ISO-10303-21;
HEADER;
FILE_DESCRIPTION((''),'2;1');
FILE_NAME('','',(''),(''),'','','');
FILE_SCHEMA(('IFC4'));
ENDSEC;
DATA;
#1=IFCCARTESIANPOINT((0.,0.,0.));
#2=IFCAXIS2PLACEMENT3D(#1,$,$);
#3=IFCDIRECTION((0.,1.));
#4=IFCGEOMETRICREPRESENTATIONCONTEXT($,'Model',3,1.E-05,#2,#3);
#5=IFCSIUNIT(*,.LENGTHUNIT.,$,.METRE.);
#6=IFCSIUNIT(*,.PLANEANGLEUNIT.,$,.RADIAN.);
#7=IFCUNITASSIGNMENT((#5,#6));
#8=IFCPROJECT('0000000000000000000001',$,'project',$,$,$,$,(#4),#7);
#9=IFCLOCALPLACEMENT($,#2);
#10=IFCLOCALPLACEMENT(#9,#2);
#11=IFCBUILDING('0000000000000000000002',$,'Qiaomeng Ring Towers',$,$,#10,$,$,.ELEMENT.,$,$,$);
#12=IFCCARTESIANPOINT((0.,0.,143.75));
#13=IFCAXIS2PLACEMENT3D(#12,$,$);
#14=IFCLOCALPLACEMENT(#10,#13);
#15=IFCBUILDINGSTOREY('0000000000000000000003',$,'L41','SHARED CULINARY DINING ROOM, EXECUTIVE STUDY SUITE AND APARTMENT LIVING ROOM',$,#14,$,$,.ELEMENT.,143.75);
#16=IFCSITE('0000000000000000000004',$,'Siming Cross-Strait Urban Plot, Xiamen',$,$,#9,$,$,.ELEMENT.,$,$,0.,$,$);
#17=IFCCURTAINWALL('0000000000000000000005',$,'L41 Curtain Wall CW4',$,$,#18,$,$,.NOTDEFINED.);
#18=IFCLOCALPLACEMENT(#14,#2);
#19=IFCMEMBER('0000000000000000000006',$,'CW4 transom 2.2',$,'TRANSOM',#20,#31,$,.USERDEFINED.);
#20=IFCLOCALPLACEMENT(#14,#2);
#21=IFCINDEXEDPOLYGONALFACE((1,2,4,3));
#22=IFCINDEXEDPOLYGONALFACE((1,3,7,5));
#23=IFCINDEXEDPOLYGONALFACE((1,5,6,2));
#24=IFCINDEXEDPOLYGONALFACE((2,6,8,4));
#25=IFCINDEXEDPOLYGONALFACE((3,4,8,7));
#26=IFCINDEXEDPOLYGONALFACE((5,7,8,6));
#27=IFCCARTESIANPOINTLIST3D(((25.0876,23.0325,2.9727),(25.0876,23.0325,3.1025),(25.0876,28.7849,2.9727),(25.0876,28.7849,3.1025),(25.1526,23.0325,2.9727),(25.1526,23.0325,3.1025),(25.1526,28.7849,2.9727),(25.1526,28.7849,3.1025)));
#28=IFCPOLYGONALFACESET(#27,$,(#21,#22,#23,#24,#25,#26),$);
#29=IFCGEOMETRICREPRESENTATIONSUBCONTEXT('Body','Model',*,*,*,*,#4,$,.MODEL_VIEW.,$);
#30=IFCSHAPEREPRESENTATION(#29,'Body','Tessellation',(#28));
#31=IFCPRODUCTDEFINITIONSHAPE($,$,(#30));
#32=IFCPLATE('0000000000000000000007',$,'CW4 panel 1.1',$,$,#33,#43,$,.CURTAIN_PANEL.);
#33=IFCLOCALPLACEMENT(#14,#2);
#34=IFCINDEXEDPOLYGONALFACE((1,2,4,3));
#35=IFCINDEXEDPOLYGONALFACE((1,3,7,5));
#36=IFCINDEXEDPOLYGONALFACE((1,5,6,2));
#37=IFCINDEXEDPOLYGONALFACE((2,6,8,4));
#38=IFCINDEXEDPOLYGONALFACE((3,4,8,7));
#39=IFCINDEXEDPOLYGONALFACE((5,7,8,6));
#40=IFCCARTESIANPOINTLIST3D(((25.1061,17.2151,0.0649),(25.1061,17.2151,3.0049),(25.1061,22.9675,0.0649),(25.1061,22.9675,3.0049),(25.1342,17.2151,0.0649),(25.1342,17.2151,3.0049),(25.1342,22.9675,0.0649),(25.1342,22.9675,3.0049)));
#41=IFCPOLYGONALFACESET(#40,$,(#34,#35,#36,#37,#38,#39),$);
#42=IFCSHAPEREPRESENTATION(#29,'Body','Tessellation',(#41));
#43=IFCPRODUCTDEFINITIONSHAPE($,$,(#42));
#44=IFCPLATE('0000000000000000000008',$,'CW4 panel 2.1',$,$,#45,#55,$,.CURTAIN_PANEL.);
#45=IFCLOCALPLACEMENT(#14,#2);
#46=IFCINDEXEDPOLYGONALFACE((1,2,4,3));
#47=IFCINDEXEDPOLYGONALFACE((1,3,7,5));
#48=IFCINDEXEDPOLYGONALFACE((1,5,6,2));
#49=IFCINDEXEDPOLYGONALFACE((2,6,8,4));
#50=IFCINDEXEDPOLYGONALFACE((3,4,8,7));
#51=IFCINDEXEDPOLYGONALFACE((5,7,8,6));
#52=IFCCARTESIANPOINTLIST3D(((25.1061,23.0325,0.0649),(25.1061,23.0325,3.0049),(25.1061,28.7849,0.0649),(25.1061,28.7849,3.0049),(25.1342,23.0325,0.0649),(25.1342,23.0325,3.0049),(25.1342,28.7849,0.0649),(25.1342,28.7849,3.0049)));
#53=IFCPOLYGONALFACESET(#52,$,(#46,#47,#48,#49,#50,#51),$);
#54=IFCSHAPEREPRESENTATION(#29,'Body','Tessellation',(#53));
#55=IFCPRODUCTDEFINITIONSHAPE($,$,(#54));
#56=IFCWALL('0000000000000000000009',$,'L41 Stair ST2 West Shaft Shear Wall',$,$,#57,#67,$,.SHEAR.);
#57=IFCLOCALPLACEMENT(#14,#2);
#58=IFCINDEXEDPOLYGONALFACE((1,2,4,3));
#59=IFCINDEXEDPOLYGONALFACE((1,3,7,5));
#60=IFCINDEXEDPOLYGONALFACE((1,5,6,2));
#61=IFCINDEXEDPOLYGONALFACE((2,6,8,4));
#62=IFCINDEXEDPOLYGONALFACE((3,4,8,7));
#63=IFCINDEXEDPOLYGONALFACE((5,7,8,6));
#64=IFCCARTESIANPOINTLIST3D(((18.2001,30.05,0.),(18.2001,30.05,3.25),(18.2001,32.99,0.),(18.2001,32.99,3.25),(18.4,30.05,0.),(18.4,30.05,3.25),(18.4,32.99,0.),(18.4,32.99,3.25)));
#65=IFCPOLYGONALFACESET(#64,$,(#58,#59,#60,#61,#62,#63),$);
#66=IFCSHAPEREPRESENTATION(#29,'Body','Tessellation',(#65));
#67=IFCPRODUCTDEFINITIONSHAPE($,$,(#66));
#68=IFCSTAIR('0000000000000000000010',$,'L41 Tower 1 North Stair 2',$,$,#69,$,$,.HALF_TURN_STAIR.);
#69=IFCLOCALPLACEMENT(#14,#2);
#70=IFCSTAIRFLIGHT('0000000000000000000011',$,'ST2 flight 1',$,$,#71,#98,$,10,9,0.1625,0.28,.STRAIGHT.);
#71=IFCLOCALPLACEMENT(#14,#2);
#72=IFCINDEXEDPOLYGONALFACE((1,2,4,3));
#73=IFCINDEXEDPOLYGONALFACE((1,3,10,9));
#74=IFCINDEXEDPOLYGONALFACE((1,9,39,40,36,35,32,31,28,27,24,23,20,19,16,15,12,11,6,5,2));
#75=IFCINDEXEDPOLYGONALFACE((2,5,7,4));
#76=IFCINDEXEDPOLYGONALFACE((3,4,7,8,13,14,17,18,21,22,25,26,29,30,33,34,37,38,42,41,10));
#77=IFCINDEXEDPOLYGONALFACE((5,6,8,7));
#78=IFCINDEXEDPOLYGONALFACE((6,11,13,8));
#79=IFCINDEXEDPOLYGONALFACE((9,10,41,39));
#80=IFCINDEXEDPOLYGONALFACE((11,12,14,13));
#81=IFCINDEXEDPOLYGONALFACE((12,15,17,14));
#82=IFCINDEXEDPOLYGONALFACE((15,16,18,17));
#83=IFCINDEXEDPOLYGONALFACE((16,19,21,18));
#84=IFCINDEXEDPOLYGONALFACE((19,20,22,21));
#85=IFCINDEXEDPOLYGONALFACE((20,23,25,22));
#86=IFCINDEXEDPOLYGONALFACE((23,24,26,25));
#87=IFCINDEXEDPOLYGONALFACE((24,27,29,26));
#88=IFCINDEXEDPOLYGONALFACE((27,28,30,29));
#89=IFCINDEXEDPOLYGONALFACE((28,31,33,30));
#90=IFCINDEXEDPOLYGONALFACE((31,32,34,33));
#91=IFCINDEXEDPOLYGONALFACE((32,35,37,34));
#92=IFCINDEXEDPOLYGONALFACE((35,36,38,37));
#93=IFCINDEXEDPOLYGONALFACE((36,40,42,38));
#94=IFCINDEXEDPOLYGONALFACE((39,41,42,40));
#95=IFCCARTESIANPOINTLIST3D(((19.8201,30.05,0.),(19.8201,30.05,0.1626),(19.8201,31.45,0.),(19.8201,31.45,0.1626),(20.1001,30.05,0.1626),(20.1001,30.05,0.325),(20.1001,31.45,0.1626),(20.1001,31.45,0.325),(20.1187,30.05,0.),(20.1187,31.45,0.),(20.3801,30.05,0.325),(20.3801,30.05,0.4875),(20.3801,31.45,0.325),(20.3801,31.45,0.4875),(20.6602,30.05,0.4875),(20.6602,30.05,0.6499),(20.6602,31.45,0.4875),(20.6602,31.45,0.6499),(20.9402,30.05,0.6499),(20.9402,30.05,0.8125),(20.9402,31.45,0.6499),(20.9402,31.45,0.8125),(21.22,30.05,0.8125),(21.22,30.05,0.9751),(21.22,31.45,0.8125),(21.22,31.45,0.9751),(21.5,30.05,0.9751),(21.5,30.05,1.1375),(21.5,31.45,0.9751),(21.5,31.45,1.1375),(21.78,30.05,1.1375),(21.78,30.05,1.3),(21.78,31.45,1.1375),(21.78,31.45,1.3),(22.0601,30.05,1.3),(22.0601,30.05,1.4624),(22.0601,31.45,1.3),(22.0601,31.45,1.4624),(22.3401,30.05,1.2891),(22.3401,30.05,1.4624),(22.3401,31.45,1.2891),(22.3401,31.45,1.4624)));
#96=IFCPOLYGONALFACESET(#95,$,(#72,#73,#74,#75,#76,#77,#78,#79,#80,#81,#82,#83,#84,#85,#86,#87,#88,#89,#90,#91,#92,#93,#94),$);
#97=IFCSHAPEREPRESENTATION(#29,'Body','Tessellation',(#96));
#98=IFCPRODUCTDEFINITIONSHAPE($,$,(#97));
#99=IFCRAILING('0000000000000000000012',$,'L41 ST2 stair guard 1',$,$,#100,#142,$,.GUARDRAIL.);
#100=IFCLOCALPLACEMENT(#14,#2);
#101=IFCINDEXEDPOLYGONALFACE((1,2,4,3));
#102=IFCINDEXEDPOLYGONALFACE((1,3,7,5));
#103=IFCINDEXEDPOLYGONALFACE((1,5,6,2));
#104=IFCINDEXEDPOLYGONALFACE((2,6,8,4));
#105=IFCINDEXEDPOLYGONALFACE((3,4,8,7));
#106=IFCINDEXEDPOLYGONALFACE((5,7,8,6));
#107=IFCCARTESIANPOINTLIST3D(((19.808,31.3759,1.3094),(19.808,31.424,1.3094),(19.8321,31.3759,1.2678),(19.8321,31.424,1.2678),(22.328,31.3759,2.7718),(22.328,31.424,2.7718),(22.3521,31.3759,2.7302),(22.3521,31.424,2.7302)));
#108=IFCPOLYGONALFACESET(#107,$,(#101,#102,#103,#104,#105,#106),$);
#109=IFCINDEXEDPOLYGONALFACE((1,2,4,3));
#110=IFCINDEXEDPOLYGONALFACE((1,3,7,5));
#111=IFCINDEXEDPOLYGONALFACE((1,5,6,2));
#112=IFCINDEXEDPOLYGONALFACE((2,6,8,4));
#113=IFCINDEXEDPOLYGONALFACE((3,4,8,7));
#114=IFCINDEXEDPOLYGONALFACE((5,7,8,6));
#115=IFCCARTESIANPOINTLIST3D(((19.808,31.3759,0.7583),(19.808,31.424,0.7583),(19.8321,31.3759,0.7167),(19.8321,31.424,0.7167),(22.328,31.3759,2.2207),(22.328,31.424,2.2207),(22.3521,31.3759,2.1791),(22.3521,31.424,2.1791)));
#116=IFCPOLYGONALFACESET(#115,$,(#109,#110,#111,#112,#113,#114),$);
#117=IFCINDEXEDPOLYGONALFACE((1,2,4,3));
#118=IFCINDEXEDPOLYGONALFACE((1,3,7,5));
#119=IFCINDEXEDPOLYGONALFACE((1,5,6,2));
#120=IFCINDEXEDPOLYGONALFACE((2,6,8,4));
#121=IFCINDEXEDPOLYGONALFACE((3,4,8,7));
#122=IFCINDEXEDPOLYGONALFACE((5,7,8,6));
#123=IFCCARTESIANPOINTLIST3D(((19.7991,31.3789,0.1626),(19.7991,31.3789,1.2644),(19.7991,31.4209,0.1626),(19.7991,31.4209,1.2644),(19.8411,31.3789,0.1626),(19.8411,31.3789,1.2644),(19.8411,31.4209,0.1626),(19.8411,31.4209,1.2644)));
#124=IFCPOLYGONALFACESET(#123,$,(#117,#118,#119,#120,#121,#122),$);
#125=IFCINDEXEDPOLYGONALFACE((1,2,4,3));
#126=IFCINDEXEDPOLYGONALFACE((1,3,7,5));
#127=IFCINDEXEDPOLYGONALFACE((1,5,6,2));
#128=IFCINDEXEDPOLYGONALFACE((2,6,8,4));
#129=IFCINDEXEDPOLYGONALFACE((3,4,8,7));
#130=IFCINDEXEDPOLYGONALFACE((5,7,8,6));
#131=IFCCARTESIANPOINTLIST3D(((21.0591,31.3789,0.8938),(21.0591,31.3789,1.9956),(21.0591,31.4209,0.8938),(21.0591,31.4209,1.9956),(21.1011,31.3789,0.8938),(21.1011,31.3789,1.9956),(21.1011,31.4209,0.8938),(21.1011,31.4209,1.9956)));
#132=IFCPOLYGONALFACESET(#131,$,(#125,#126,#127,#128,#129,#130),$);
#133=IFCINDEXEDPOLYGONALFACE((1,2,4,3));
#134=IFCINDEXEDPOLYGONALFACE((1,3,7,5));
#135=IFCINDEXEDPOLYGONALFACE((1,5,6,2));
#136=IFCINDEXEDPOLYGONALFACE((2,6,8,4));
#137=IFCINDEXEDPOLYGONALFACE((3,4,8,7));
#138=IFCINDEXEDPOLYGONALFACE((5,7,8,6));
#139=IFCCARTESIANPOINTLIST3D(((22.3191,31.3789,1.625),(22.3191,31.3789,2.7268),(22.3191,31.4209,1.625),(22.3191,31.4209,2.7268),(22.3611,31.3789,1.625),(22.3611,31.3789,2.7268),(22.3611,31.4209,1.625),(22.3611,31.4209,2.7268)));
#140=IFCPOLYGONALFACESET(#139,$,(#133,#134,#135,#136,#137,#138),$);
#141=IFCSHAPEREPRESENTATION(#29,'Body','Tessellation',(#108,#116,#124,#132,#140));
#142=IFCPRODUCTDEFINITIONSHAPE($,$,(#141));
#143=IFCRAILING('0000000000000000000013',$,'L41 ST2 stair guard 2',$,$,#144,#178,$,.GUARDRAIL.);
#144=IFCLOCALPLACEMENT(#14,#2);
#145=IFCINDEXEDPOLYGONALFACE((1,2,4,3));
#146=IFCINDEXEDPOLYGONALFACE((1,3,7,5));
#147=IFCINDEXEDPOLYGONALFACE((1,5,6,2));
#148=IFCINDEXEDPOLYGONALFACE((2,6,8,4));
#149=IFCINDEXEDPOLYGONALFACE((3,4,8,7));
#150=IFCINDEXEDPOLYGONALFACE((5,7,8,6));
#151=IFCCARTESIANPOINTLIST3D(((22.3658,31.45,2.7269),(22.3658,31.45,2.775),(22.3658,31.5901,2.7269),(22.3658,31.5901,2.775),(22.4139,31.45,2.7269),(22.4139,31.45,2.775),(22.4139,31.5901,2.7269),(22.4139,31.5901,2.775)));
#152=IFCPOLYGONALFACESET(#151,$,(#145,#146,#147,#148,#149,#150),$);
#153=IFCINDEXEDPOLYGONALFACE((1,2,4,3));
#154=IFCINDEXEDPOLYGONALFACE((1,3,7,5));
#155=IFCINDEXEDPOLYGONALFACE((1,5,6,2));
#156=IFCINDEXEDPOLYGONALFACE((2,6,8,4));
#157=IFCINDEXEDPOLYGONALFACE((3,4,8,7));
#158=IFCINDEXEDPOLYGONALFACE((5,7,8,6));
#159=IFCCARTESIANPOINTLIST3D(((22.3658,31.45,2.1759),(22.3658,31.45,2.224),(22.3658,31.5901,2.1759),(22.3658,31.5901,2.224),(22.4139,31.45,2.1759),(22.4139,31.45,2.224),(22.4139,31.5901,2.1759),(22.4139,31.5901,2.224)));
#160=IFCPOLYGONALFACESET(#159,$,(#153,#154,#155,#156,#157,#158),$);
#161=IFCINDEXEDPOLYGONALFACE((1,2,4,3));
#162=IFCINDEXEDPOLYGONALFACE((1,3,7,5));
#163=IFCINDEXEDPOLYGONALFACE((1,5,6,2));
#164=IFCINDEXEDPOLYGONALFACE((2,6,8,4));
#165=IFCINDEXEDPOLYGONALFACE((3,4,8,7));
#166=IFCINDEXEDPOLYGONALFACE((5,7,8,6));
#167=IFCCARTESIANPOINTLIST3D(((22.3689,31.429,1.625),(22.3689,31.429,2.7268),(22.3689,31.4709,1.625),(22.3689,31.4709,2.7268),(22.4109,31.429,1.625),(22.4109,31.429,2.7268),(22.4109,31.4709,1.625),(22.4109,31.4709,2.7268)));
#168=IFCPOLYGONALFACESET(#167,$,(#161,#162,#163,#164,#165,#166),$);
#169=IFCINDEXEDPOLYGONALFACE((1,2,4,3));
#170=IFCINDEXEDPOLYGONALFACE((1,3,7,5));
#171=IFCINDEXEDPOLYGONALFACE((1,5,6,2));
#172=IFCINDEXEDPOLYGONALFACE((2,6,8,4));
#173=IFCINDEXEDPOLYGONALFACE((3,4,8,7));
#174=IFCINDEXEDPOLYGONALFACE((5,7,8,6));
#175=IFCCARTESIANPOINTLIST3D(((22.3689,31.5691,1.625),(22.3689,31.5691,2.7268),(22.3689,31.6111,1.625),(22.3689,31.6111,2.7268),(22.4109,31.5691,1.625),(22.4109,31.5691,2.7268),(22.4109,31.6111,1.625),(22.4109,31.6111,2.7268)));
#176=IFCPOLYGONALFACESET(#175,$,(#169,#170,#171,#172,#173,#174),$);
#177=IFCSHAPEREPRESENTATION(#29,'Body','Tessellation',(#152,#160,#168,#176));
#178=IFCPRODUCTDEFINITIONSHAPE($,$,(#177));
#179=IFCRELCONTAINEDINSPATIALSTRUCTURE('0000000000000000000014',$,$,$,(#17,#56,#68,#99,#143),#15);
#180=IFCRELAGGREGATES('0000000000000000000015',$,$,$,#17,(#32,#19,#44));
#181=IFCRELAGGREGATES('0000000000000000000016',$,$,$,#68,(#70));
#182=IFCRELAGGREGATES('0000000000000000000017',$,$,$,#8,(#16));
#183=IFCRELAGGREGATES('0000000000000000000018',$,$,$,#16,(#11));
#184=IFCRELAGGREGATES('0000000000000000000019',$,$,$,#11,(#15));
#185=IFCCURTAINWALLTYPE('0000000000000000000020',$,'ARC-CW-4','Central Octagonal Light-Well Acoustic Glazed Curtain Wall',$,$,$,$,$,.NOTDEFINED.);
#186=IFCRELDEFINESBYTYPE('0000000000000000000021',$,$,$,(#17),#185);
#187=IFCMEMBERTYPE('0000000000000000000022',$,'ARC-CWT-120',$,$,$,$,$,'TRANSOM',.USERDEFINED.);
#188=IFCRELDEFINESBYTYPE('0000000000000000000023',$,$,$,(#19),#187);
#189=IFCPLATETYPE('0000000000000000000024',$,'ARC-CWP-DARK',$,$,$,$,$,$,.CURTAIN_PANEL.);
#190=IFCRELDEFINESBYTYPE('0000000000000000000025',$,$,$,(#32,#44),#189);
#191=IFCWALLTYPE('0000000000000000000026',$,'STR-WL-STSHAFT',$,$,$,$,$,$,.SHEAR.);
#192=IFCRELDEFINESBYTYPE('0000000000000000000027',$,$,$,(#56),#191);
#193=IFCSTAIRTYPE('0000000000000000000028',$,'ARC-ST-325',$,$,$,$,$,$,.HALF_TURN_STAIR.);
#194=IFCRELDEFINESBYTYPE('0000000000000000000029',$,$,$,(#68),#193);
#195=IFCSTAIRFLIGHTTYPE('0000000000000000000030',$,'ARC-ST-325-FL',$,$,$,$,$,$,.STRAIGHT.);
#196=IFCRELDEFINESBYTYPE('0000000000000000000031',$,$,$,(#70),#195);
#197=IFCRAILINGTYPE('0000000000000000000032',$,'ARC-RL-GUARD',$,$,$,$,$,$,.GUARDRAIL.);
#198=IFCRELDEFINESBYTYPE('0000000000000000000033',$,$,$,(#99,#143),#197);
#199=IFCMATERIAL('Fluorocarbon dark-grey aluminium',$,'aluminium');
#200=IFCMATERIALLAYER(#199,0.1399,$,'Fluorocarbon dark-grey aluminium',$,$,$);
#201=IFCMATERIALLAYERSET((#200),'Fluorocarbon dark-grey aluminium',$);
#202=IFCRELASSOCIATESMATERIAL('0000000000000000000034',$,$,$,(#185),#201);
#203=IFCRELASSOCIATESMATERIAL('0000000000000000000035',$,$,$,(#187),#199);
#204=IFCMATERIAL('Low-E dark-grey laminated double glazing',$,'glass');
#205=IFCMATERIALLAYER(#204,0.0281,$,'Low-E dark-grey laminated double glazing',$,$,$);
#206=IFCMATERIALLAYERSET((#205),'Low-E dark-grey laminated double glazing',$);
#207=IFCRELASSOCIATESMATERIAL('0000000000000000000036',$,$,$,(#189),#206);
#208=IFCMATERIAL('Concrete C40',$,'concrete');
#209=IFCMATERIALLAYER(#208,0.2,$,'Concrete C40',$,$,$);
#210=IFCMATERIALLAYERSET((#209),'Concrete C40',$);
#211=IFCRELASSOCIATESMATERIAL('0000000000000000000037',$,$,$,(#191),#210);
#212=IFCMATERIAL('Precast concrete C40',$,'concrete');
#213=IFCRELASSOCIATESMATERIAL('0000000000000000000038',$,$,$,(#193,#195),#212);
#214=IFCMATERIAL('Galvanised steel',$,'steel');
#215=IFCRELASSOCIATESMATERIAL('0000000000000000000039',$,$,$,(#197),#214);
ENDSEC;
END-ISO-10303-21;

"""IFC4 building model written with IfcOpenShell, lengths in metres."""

from ifc_helpers import new_model, si_unit, direction, frame, frame_2d, origin, origin_2d, place, context, subcontext, project, spatial, polyline, rectangle, outline, extrude, source, transform, mapped, material, layer, layer_set, material_profile, profile_set, type_object, element, aggregate, save


model = new_model("IFC4")

# Units and contexts
model_context = context("Model", 3, precision=1e-05, world=origin(), true_north=direction((0.0, 1.0)))
body_context = subcontext(model_context, "Body", "Model", "MODEL_VIEW")
ifc_project = project(units=[si_unit("LENGTHUNIT", "METRE"), si_unit("PLANEANGLEUNIT", "RADIAN")], contexts=[model_context])

# Site, building, storey
site_placement = place(None, origin())
site = spatial("IfcSite", under=ifc_project, at=site_placement, Name="Siming Cross-Strait Urban Plot, Xiamen", CompositionType="ELEMENT", RefElevation=0.0)
building_placement = place(site_placement, origin())
building = spatial("IfcBuilding", under=site, at=building_placement, Name="Qiaomeng Ring Towers", CompositionType="ELEMENT")
storey_placement = place(building_placement, frame((0.0, 0.0, 143.75)))
storey = spatial("IfcBuildingStorey", under=building, at=storey_placement, Name="L41", Description="SHARED CULINARY DINING ROOM, EXECUTIVE STUDY SUITE AND APARTMENT LIVING ROOM", CompositionType="ELEMENT", Elevation=143.75)

# Curtain wall, member, plates
ifc_material_1 = material(Name="Fluorocarbon dark-grey aluminium", Category="aluminium")
ifc_layer_1 = layer(ifc_material_1, 0.1399, Name="Fluorocarbon dark-grey aluminium")
ifc_layer_set_1 = layer_set([ifc_layer_1], Name="Fluorocarbon dark-grey aluminium")
curtain_wall_type = type_object("IfcCurtainWallType", Name="ARC-CW-4", Description="Central Octagonal Light-Well Acoustic Glazed Curtain Wall", PredefinedType="NOTDEFINED", material=ifc_layer_set_1)
curtain_wall_placement = place(storey_placement, origin())
curtain_wall = element("IfcCurtainWall", 1, at=curtain_wall_placement, inside=storey, type_object=curtain_wall_type, Name="L41 Curtain Wall CW4", PredefinedType="NOTDEFINED")
ifc_material_profile_1 = material_profile(ifc_material_1, rectangle(XDim=0.0649, YDim=0.1299, at=origin_2d()), Name="ALU TRAN 65x130")
ifc_profile_set_1 = profile_set([ifc_material_profile_1], Name="Fluorocarbon dark-grey aluminium")
member_type_1 = type_object("IfcMemberType", Name="ARC-CWT-120", ElementType="TRANSOM", PredefinedType="USERDEFINED", material=ifc_profile_set_1)
shared_shape_1 = source(origin(), body_context, "Body", "SweptSolid", [
    extrude(rectangle(XDim=0.0649, YDim=0.1299, at=origin_2d()), origin(), (0.0, 0.0, 1.0), 5.7524),
])
member_1_placement = place(storey_placement, frame((25.1201, 23.0325, 3.0376), z_axis=(0.0, 1.0, 0.0), x_axis=(-1.0, 0.0, 0.0)))
member_1 = element("IfcMember", 2, at=member_1_placement, type_object=member_type_1, Name="CW4 transom 2.2", ObjectType="TRANSOM", PredefinedType="USERDEFINED", context=body_context, shape_type="MappedRepresentation", body=[
    mapped(shared_shape_1, transform((0.0, 0.0, 0.0), x_axis=(1.0, 0.0, 0.0), y_axis=(0.0, 1.0, 0.0), z_axis=(0.0, 0.0, 1.0), scale=1.0)),
])
ifc_material_2 = material(Name="Low-E dark-grey laminated double glazing", Category="glass")
ifc_layer_2 = layer(ifc_material_2, 0.0281, Name="Low-E dark-grey laminated double glazing")
ifc_layer_set_2 = layer_set([ifc_layer_2], Name="Low-E dark-grey laminated double glazing")
plate_type = type_object("IfcPlateType", Name="ARC-CWP-DARK", PredefinedType="CURTAIN_PANEL", material=ifc_layer_set_2)
shared_shape_2 = source(origin(), body_context, "Body", "SweptSolid", [
    extrude(rectangle(XDim=5.7524, YDim=0.0281, at=origin_2d()), origin(), (0.0, 0.0, 1.0), 2.9399),
])
plate_1_placement = place(storey_placement, frame((25.1201, 20.0913, 0.0649), z_axis=(0.0, 0.0, 1.0), x_axis=(0.0, 1.0, 0.0)))
plate_1 = element("IfcPlate", 3, at=plate_1_placement, type_object=plate_type, Name="CW4 panel 1.1", PredefinedType="CURTAIN_PANEL", context=body_context, shape_type="MappedRepresentation", body=[
    mapped(shared_shape_2, transform((0.0, 0.0, 0.0), x_axis=(1.0, 0.0, 0.0), y_axis=(0.0, 1.0, 0.0), z_axis=(0.0, 0.0, 1.0), scale=1.0)),
])
plate_2_placement = place(storey_placement, frame((25.1201, 25.9087, 0.0649), z_axis=(0.0, 0.0, 1.0), x_axis=(0.0, 1.0, 0.0)))
plate_2 = element("IfcPlate", 4, at=plate_2_placement, type_object=plate_type, Name="CW4 panel 2.1", PredefinedType="CURTAIN_PANEL", context=body_context, shape_type="MappedRepresentation", body=[
    mapped(shared_shape_2, transform((0.0, 0.0, 0.0), x_axis=(1.0, 0.0, 0.0), y_axis=(0.0, 1.0, 0.0), z_axis=(0.0, 0.0, 1.0), scale=1.0)),
])
aggregate(curtain_wall, [plate_1, member_1, plate_2])

# Wall
ifc_material_3 = material(Name="Concrete C40", Category="concrete")
ifc_layer_3 = layer(ifc_material_3, 0.2, Name="Concrete C40")
ifc_layer_set_3 = layer_set([ifc_layer_3], Name="Concrete C40")
wall_type = type_object("IfcWallType", Name="STR-WL-STSHAFT", PredefinedType="SHEAR", material=ifc_layer_set_3)
wall_placement = place(storey_placement, frame((18.3, 30.05, 0.0), z_axis=(0.0, 0.0, 1.0), x_axis=(0.0, 1.0, 0.0)))
element("IfcWall", 5, at=wall_placement, inside=storey, type_object=wall_type, Name="L41 Stair ST2 West Shaft Shear Wall", PredefinedType="SHEAR", context=body_context, shape_type="SweptSolid", body=[
    extrude(rectangle(XDim=2.9399, YDim=0.2, at=frame_2d((1.47, 0.0))), origin(), (0.0, 0.0, 1.0), 3.25),
])

# Stair, stair flight
ifc_material_4 = material(Name="Precast concrete C40", Category="concrete")
stair_type = type_object("IfcStairType", Name="ARC-ST-325", PredefinedType="HALF_TURN_STAIR", material=ifc_material_4)
stair_placement = place(storey_placement, origin())
stair = element("IfcStair", 6, at=stair_placement, inside=storey, type_object=stair_type, Name="L41 Tower 1 North Stair 2", PredefinedType="HALF_TURN_STAIR")
stair_flight_type = type_object("IfcStairFlightType", Name="ARC-ST-325-FL", PredefinedType="STRAIGHT", material=ifc_material_4)
shared_shape_3 = source(origin(), body_context, "Body", "SweptSolid", [
    extrude(outline(polyline([(0.0, 0.0), (0.0, 0.1626), (0.28, 0.1626), (0.28, 0.325), (0.5601, 0.325), (0.5601, 0.4875), (0.8401, 0.4875), (0.8401, 0.6499), (1.1201, 0.6499), (1.1201, 0.8125), (1.3999, 0.8125), (1.3999, 0.9751), (1.6799, 0.9751), (1.6799, 1.1375), (1.96, 1.1375), (1.96, 1.3), (2.24, 1.3), (2.24, 1.4624), (2.52, 1.4624), (2.52, 1.625), (2.52, 1.2891), (0.2986, 0.0), (0.0, 0.0)])), frame((0.0, 0.7, 0.0), z_axis=(0.0, -1.0, 0.0), x_axis=(1.0, 0.0, 0.0)), (0.0, 0.0, 1.0), 1.3999),
])
stair_flight_placement = place(storey_placement, frame((19.8201, 30.75, 0.0), z_axis=(0.0, 0.0, 1.0), x_axis=(1.0, 0.0, 0.0)))
stair_flight = element("IfcStairFlight", 7, at=stair_flight_placement, type_object=stair_flight_type, Name="ST2 flight 1", NumberOfRisers=10, NumberOfTreads=9, PredefinedType="STRAIGHT", RiserHeight=0.1625, TreadLength=0.28, context=body_context, shape_type="MappedRepresentation", body=[
    mapped(shared_shape_3, transform((0.0, 0.0, 0.0), x_axis=(1.0, 0.0, 0.0), y_axis=(0.0, 1.0, 0.0), z_axis=(0.0, 0.0, 1.0), scale=1.0)),
])
aggregate(stair, [stair_flight])

# Railings
ifc_material_5 = material(Name="Galvanised steel", Category="steel")
railing_type_1 = type_object("IfcRailingType", Name="ARC-RL-GUARD", PredefinedType="GUARDRAIL", material=ifc_material_5)
railing_1_placement = place(storey_placement, frame((19.8201, 31.3999, 0.1626)))
element("IfcRailing", 8, at=railing_1_placement, inside=storey, type_object=railing_type_1, Name="L41 ST2 stair guard 1", PredefinedType="GUARDRAIL", context=body_context, shape_type="SweptSolid", body=[
    extrude(rectangle(XDim=0.0481, YDim=0.0481, at=origin_2d()), frame((0.0, 0.0, 1.126), z_axis=(0.864913, 0.0, 0.501921), x_axis=(0.0, 1.0, 0.0)), (0.0, 0.0, 1.0), 2.9136),
    extrude(rectangle(XDim=0.0481, YDim=0.0481, at=origin_2d()), frame((0.0, 0.0, 0.575), z_axis=(0.864913, 0.0, 0.501921), x_axis=(0.0, 1.0, 0.0)), (0.0, 0.0, 1.0), 2.9136),
    extrude(rectangle(XDim=0.042, YDim=0.042, at=origin_2d()), origin(), (0.0, 0.0, 1.0), 1.1018),
    extrude(rectangle(XDim=0.042, YDim=0.042, at=origin_2d()), frame((1.26, 0.0, 0.7312)), (0.0, 0.0, 1.0), 1.1018),
    extrude(rectangle(XDim=0.042, YDim=0.042, at=origin_2d()), frame((2.52, 0.0, 1.4624)), (0.0, 0.0, 1.0), 1.1018),
])
railing_2_placement = place(storey_placement, frame((22.3899, 31.45, 1.625)))
element("IfcRailing", 9, at=railing_2_placement, inside=storey, type_object=railing_type_1, Name="L41 ST2 stair guard 2", PredefinedType="GUARDRAIL", context=body_context, shape_type="SweptSolid", body=[
    extrude(rectangle(XDim=0.0481, YDim=0.0481, at=origin_2d()), frame((0.0, 0.0, 1.126), z_axis=(0.0, 1.0, 0.0), x_axis=(-1.0, 0.0, 0.0)), (0.0, 0.0, 1.0), 0.1401),
    extrude(rectangle(XDim=0.0481, YDim=0.0481, at=origin_2d()), frame((0.0, 0.0, 0.575), z_axis=(0.0, 1.0, 0.0), x_axis=(-1.0, 0.0, 0.0)), (0.0, 0.0, 1.0), 0.1401),
    extrude(rectangle(XDim=0.042, YDim=0.042, at=origin_2d()), origin(), (0.0, 0.0, 1.0), 1.1018),
    extrude(rectangle(XDim=0.042, YDim=0.042, at=origin_2d()), frame((0.0, 0.1401, 0.0)), (0.0, 0.0, 1.0), 1.1018),
])

save(model, "model.ifc")
